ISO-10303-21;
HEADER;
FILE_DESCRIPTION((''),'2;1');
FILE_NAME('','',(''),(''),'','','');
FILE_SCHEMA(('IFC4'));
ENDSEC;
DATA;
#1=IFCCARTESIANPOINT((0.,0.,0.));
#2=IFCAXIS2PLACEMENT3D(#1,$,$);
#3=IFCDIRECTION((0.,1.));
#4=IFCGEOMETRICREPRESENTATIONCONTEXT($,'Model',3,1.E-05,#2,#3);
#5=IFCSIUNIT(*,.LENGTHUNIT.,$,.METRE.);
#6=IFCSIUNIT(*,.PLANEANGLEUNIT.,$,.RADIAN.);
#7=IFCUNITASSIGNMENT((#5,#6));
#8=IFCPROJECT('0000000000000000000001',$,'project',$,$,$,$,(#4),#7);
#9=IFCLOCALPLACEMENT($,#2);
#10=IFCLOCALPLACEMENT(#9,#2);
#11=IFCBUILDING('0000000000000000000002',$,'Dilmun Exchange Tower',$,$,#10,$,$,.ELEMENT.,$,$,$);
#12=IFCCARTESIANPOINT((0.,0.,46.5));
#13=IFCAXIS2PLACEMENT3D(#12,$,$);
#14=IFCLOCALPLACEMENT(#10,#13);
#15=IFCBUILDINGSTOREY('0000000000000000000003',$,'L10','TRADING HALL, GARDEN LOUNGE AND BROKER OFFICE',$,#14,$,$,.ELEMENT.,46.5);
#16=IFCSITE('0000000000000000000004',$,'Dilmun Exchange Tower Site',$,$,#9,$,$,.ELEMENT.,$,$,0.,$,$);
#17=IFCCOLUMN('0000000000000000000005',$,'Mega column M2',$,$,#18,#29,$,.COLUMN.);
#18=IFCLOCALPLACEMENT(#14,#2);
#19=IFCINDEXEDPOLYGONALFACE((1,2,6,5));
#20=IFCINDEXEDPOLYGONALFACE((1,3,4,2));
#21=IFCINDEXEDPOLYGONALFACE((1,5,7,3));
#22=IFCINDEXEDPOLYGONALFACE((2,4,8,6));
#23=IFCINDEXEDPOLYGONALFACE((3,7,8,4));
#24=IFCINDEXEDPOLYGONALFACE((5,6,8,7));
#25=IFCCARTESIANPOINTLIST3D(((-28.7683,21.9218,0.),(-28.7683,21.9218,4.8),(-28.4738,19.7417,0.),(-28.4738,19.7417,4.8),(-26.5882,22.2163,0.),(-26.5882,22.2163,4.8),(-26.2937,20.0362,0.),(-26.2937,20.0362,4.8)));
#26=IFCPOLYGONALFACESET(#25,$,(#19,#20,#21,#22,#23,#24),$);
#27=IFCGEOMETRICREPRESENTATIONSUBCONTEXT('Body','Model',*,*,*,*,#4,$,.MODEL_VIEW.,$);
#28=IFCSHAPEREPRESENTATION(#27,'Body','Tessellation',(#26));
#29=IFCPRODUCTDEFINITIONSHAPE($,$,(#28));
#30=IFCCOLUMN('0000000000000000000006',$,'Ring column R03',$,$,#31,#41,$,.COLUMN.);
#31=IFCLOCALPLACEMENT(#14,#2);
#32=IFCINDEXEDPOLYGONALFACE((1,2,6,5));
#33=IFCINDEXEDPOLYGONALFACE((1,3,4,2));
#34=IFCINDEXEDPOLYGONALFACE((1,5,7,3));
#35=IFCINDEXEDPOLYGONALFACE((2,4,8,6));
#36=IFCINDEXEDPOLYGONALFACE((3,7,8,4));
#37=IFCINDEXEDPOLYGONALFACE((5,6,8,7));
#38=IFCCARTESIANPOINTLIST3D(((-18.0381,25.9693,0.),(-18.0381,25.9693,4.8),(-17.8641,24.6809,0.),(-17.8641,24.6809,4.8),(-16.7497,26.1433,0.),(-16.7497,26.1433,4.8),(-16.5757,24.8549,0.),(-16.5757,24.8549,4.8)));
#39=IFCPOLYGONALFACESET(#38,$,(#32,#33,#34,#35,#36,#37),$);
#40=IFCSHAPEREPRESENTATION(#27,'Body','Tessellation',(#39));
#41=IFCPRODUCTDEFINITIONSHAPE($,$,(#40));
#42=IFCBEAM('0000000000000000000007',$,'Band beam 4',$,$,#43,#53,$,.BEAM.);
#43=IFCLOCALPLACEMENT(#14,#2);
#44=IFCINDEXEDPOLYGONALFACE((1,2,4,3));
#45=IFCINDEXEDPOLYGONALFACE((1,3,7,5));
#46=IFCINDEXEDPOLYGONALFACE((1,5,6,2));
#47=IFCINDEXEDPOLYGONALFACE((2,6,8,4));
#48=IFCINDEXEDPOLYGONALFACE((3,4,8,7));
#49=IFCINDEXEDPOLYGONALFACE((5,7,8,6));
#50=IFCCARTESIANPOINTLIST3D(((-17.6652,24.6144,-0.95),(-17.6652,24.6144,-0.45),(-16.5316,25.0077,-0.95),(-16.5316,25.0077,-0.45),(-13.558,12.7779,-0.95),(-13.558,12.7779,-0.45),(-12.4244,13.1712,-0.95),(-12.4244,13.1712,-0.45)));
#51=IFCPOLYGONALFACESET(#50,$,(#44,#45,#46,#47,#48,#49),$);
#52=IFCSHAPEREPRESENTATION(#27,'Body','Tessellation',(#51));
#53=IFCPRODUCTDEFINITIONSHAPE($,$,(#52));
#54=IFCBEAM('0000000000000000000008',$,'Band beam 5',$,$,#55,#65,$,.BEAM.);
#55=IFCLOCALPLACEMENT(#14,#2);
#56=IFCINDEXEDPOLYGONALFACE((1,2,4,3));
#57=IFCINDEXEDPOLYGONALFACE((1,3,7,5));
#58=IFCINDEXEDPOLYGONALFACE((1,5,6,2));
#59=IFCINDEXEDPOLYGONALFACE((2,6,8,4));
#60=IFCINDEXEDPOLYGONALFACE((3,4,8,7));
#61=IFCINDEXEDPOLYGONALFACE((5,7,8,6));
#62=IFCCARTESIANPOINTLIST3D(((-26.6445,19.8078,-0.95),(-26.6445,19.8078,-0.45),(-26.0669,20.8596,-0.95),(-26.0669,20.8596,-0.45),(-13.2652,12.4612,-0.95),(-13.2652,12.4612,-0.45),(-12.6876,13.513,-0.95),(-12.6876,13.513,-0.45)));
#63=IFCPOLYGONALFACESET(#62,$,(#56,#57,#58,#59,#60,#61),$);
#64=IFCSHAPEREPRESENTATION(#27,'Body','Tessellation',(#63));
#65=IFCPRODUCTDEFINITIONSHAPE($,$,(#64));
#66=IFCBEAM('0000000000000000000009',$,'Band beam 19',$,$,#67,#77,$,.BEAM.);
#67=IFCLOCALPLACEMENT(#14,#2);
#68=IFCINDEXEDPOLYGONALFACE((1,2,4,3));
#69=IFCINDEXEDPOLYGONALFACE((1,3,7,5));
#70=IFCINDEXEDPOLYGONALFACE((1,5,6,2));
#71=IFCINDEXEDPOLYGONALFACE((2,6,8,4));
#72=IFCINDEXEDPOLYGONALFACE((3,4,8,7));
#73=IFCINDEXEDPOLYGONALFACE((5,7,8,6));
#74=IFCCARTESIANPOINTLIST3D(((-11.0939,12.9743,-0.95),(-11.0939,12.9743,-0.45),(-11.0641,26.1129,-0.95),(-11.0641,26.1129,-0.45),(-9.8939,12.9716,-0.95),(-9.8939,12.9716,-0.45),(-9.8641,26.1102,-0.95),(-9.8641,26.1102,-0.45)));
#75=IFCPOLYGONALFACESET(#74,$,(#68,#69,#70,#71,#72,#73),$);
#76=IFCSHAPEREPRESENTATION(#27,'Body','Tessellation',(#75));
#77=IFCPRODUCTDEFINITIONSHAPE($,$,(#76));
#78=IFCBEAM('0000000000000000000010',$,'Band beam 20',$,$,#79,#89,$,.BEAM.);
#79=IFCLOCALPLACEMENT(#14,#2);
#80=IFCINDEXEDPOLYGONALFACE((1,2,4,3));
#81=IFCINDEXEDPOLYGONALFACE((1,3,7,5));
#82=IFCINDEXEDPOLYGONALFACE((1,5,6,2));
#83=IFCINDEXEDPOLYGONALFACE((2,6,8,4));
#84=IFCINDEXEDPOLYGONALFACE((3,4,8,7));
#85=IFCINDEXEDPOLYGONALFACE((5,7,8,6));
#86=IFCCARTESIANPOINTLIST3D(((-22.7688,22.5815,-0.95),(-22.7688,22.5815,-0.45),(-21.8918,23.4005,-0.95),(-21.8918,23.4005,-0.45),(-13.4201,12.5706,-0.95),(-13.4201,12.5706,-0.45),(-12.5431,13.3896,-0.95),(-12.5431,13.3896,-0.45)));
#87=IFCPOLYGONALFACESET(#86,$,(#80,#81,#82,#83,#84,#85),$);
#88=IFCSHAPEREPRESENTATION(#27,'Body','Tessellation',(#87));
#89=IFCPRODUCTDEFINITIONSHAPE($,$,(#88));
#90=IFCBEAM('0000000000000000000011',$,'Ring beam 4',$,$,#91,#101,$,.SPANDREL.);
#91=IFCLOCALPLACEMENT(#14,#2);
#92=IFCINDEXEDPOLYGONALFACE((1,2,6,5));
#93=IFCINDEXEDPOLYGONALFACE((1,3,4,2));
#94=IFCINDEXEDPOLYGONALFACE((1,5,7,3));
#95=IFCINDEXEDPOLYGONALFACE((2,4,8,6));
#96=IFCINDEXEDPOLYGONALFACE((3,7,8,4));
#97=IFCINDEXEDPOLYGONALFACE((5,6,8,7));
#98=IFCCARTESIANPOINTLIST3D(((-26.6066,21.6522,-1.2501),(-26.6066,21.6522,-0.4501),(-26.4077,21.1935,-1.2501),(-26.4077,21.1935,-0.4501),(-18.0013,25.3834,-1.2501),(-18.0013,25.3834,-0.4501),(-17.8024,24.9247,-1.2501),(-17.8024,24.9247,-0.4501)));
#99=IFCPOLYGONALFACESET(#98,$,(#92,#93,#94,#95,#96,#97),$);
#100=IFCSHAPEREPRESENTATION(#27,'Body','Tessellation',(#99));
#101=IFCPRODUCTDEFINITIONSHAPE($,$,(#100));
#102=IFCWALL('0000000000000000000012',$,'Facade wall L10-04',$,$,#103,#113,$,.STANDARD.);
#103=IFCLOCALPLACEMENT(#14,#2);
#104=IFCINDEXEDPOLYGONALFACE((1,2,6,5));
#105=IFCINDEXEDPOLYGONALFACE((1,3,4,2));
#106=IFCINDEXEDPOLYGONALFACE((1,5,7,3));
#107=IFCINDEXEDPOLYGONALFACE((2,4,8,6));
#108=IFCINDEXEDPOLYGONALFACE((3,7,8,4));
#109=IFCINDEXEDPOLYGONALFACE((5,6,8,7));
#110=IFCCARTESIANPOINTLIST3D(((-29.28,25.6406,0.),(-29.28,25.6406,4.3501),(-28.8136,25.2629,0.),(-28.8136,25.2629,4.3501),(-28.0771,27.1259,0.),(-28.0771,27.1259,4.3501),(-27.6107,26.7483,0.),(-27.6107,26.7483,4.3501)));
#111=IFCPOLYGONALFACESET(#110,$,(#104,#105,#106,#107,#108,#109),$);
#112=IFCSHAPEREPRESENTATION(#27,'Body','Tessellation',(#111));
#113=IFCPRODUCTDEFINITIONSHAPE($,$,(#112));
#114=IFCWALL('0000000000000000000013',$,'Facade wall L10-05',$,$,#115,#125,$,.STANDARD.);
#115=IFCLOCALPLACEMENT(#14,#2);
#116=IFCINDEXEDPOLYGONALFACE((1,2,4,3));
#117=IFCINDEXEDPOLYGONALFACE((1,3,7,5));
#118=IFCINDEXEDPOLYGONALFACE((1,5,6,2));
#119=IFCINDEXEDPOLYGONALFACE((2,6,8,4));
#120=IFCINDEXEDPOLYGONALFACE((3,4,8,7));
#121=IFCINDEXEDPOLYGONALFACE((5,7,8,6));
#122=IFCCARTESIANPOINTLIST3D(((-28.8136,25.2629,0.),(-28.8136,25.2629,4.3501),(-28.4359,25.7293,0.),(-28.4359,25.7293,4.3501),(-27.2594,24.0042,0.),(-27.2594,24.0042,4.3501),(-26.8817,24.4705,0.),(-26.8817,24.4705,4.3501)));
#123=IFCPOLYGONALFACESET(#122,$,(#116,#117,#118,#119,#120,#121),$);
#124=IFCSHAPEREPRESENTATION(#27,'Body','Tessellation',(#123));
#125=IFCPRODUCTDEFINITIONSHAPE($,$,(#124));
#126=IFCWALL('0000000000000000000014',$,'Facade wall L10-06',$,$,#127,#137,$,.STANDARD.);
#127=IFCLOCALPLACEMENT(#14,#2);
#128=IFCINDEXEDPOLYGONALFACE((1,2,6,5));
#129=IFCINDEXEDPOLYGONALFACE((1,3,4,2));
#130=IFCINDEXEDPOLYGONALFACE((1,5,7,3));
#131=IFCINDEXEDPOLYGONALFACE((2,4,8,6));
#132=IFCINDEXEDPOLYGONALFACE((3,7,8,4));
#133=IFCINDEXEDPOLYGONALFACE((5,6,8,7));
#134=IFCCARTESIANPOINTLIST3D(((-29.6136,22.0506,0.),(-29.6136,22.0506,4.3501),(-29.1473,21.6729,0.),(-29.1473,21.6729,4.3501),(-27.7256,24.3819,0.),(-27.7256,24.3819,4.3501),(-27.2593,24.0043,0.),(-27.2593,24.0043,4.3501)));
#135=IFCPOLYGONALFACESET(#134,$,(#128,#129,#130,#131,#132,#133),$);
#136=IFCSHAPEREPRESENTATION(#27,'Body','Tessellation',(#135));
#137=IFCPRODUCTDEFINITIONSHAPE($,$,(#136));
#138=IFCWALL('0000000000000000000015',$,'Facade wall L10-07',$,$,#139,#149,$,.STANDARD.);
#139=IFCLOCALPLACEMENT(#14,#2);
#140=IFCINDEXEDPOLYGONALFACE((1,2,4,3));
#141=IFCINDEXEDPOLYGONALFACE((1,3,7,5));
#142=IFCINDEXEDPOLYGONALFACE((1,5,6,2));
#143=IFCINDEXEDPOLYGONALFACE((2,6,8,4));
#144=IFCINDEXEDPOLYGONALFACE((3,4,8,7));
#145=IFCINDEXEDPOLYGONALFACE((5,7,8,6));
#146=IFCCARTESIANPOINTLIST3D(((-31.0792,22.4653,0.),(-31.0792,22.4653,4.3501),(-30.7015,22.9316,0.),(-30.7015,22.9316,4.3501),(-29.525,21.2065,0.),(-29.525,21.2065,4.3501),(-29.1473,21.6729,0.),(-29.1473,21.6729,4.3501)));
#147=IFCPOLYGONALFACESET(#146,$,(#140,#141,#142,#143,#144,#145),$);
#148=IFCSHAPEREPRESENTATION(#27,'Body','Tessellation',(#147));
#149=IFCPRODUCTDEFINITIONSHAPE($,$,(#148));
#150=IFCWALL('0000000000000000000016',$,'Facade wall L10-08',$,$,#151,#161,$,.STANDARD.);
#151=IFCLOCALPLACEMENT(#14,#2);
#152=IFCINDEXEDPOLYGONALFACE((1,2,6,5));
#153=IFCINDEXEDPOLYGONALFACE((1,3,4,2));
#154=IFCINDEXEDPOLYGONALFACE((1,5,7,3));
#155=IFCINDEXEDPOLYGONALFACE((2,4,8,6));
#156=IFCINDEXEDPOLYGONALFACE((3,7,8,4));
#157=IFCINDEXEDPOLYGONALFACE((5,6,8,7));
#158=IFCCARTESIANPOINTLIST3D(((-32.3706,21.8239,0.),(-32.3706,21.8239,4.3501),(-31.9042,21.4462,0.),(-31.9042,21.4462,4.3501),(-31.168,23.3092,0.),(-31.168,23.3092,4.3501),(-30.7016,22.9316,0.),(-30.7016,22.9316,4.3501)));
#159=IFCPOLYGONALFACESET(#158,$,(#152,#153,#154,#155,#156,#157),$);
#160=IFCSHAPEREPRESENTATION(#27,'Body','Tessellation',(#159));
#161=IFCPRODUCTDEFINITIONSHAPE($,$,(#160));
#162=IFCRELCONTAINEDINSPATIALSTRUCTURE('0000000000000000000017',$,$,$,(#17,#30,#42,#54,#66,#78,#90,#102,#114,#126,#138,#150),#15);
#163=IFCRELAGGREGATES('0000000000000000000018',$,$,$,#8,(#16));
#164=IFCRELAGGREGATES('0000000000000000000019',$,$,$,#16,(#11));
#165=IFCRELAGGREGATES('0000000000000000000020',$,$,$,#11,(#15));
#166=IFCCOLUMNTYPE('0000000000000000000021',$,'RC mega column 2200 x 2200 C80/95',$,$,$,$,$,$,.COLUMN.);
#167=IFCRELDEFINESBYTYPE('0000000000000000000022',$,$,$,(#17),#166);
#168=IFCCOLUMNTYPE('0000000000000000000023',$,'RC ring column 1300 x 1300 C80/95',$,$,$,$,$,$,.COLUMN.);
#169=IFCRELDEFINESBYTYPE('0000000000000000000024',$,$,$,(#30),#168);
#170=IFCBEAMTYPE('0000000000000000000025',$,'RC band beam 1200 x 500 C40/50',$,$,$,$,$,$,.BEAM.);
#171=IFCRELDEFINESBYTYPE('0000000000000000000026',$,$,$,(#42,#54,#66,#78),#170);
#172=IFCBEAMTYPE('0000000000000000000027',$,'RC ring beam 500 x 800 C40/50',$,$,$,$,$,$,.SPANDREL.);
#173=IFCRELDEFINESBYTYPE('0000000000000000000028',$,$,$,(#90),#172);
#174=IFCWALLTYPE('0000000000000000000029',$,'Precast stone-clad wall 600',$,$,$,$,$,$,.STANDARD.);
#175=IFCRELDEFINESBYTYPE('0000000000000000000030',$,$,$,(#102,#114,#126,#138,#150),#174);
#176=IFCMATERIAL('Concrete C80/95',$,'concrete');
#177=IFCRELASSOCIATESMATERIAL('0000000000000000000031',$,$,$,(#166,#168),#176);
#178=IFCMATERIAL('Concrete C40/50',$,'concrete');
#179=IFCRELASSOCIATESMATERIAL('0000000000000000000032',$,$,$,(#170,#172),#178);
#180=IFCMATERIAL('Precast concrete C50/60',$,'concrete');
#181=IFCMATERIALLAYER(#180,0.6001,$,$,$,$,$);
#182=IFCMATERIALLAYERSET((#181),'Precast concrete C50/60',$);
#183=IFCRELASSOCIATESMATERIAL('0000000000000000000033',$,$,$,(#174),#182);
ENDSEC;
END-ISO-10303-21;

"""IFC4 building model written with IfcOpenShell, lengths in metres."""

from ifc_helpers import new_model, si_unit, direction, frame, frame_2d, origin, origin_2d, place, context, subcontext, project, spatial, rectangle, extrude, material, layer, layer_set, material_profile, profile_set, type_object, element, save


model = new_model("IFC4")

# Units and contexts
model_context = context("Model", 3, precision=1e-05, world=origin(), true_north=direction((0.0, 1.0)))
body_context = subcontext(model_context, "Body", "Model", "MODEL_VIEW")
ifc_project = project(units=[si_unit("LENGTHUNIT", "METRE"), si_unit("PLANEANGLEUNIT", "RADIAN")], contexts=[model_context])

# Site, building, storey
site_placement = place(None, origin())
site = spatial("IfcSite", under=ifc_project, at=site_placement, Name="Dilmun Exchange Tower Site", CompositionType="ELEMENT", RefElevation=0.0)
building_placement = place(site_placement, origin())
building = spatial("IfcBuilding", under=site, at=building_placement, Name="Dilmun Exchange Tower", CompositionType="ELEMENT")
storey_placement = place(building_placement, frame((0.0, 0.0, 46.5)))
storey = spatial("IfcBuildingStorey", under=building, at=storey_placement, Name="L10", Description="TRADING HALL, GARDEN LOUNGE AND BROKER OFFICE", CompositionType="ELEMENT", Elevation=46.5)

# Columns
ifc_material_1 = material(Name="Concrete C80/95", Category="concrete")
ifc_material_profile_1 = material_profile(ifc_material_1, rectangle(XDim=2.2, YDim=2.2, at=origin_2d()), Name="2200 x 2200")
ifc_profile_set_1 = profile_set([ifc_material_profile_1], Name="Concrete C80/95")
column_type_1 = type_object("IfcColumnType", Name="RC mega column 2200 x 2200 C80/95", PredefinedType="COLUMN", material=ifc_profile_set_1)
column_1_placement = place(storey_placement, frame((-27.531, 20.979, 0.0), z_axis=(0.0, 0.0, 1.0), x_axis=(0.991001, 0.133853, 0.0)))
element("IfcColumn", 1, at=column_1_placement, inside=storey, type_object=column_type_1, Name="Mega column M2", PredefinedType="COLUMN", context=body_context, shape_type="SweptSolid", body=[
    extrude(rectangle(XDim=2.2, YDim=2.2, at=origin_2d()), origin(), (0.0, 0.0, 1.0), 4.8),
])
ifc_material_profile_2 = material_profile(ifc_material_1, rectangle(XDim=1.3, YDim=1.3, at=origin_2d()), Name="1300 x 1300")
ifc_profile_set_2 = profile_set([ifc_material_profile_2], Name="Concrete C80/95")
column_type_2 = type_object("IfcColumnType", Name="RC ring column 1300 x 1300 C80/95", PredefinedType="COLUMN", material=ifc_profile_set_2)
column_2_placement = place(storey_placement, frame((-17.3069, 25.4121, 0.0), z_axis=(0.0, 0.0, 1.0), x_axis=(0.991001, 0.133853, 0.0)))
element("IfcColumn", 2, at=column_2_placement, inside=storey, type_object=column_type_2, Name="Ring column R03", PredefinedType="COLUMN", context=body_context, shape_type="SweptSolid", body=[
    extrude(rectangle(XDim=1.3, YDim=1.3, at=origin_2d()), origin(), (0.0, 0.0, 1.0), 4.8),
])

# Beams
ifc_material_2 = material(Name="Concrete C40/50", Category="concrete")
ifc_material_profile_3 = material_profile(ifc_material_2, rectangle(XDim=1.2, YDim=0.5, at=origin_2d()), Name="1200 x 500")
ifc_profile_set_3 = profile_set([ifc_material_profile_3], Name="Concrete C40/50")
beam_type_1 = type_object("IfcBeamType", Name="RC band beam 1200 x 500 C40/50", PredefinedType="BEAM", material=ifc_profile_set_3)
beam_1_placement = place(storey_placement, frame((-17.0984, 24.811, -0.7), z_axis=(0.32782, -0.94474, 0.0), x_axis=(0.94474, 0.32782, 0.0)))
element("IfcBeam", 3, at=beam_1_placement, inside=storey, type_object=beam_type_1, Name="Band beam 4", PredefinedType="BEAM", context=body_context, shape_type="SweptSolid", body=[
    extrude(rectangle(XDim=1.2, YDim=0.5, at=origin_2d()), origin(), (0.0, 0.0, 1.0), 12.5288),
])
beam_2_placement = place(storey_placement, frame((-26.3557, 20.3337, -0.7), z_axis=(0.876547, -0.481316, 0.0), x_axis=(0.481316, 0.876547, 0.0)))
element("IfcBeam", 4, at=beam_2_placement, inside=storey, type_object=beam_type_1, Name="Band beam 5", PredefinedType="BEAM", context=body_context, shape_type="SweptSolid", body=[
    extrude(rectangle(XDim=1.2, YDim=0.5, at=origin_2d()), origin(), (0.0, 0.0, 1.0), 15.2637),
])
beam_3_placement = place(storey_placement, frame((-10.4641, 26.1116, -0.7), z_axis=(-0.002267, -0.999997, 0.0), x_axis=(0.999997, -0.002267, 0.0)))
element("IfcBeam", 5, at=beam_3_placement, inside=storey, type_object=beam_type_1, Name="Band beam 19", PredefinedType="BEAM", context=body_context, shape_type="SweptSolid", body=[
    extrude(rectangle(XDim=1.2, YDim=0.5, at=origin_2d()), origin(), (0.0, 0.0, 1.0), 13.1387),
])
beam_4_placement = place(storey_placement, frame((-22.3303, 22.991, -0.7), z_axis=(0.682524, -0.730863, 0.0), x_axis=(0.730863, 0.682524, 0.0)))
element("IfcBeam", 6, at=beam_4_placement, inside=storey, type_object=beam_type_1, Name="Band beam 20", PredefinedType="BEAM", context=body_context, shape_type="SweptSolid", body=[
    extrude(rectangle(XDim=1.2, YDim=0.5, at=origin_2d()), origin(), (0.0, 0.0, 1.0), 13.6973),
])
ifc_material_profile_4 = material_profile(ifc_material_2, rectangle(XDim=0.5, YDim=0.8, at=origin_2d()), Name="500 x 800")
ifc_profile_set_4 = profile_set([ifc_material_profile_4], Name="Concrete C40/50")
beam_type_2 = type_object("IfcBeamType", Name="RC ring beam 500 x 800 C40/50", PredefinedType="SPANDREL", material=ifc_profile_set_4)
beam_5_placement = place(storey_placement, frame((-17.9019, 25.1541, -0.8501), z_axis=(-0.917467, -0.397811, 0.0), x_axis=(0.397811, -0.917467, 0.0)))
element("IfcBeam", 7, at=beam_5_placement, inside=storey, type_object=beam_type_2, Name="Ring beam 4", PredefinedType="SPANDREL", context=body_context, shape_type="SweptSolid", body=[
    extrude(rectangle(XDim=0.5, YDim=0.8, at=origin_2d()), origin(), (0.0, 0.0, 1.0), 9.3794),
])

# Walls
ifc_material_3 = material(Name="Precast concrete C50/60", Category="concrete")
ifc_layer = layer(ifc_material_3, 0.6001)
ifc_layer_set = layer_set([ifc_layer], Name="Precast concrete C50/60")
wall_type = type_object("IfcWallType", Name="Precast stone-clad wall 600", PredefinedType="STANDARD", material=ifc_layer_set)
wall_1_placement = place(storey_placement, frame((-27.844, 26.937, 0.0), z_axis=(0.0, 0.0, 1.0), x_axis=(-0.629342, -0.777129, 0.0)))
element("IfcWall", 8, at=wall_1_placement, inside=storey, type_object=wall_type, Name="Facade wall L10-04", PredefinedType="STANDARD", context=body_context, shape_type="SweptSolid", body=[
    extrude(rectangle(XDim=1.9114, YDim=0.6001, at=frame_2d((0.9556, 0.0))), origin(), (0.0, 0.0, 1.0), 4.3501),
])
wall_2_placement = place(storey_placement, frame((-28.6248, 25.4961, 0.0), z_axis=(0.0, 0.0, 1.0), x_axis=(0.777091, -0.629388, 0.0)))
element("IfcWall", 9, at=wall_2_placement, inside=storey, type_object=wall_type, Name="Facade wall L10-05", PredefinedType="STANDARD", context=body_context, shape_type="SweptSolid", body=[
    extrude(rectangle(XDim=2.0, YDim=0.6001, at=frame_2d((1.0, 0.0))), origin(), (0.0, 0.0, 1.0), 4.3501),
])
wall_3_placement = place(storey_placement, frame((-27.4924, 24.1931, 0.0), z_axis=(0.0, 0.0, 1.0), x_axis=(-0.629339, -0.777131, 0.0)))
element("IfcWall", 10, at=wall_3_placement, inside=storey, type_object=wall_type, Name="Facade wall L10-06", PredefinedType="STANDARD", context=body_context, shape_type="SweptSolid", body=[
    extrude(rectangle(XDim=3.0, YDim=0.6001, at=frame_2d((1.5, 0.0))), origin(), (0.0, 0.0, 1.0), 4.3501),
])
wall_4_placement = place(storey_placement, frame((-29.3362, 21.4397, 0.0), z_axis=(0.0, 0.0, 1.0), x_axis=(-0.777091, 0.629388, 0.0)))
element("IfcWall", 11, at=wall_4_placement, inside=storey, type_object=wall_type, Name="Facade wall L10-07", PredefinedType="STANDARD", context=body_context, shape_type="SweptSolid", body=[
    extrude(rectangle(XDim=2.0, YDim=0.6001, at=frame_2d((1.0, 0.0))), origin(), (0.0, 0.0, 1.0), 4.3501),
])
wall_5_placement = place(storey_placement, frame((-30.9348, 23.1204, 0.0), z_axis=(0.0, 0.0, 1.0), x_axis=(-0.629264, -0.777191, 0.0)))
element("IfcWall", 12, at=wall_5_placement, inside=storey, type_object=wall_type, Name="Facade wall L10-08", PredefinedType="STANDARD", context=body_context, shape_type="SweptSolid", body=[
    extrude(rectangle(XDim=1.9111, YDim=0.6001, at=frame_2d((0.9556, 0.0))), origin(), (0.0, 0.0, 1.0), 4.3501),
])

save(model, "model.ifc")
